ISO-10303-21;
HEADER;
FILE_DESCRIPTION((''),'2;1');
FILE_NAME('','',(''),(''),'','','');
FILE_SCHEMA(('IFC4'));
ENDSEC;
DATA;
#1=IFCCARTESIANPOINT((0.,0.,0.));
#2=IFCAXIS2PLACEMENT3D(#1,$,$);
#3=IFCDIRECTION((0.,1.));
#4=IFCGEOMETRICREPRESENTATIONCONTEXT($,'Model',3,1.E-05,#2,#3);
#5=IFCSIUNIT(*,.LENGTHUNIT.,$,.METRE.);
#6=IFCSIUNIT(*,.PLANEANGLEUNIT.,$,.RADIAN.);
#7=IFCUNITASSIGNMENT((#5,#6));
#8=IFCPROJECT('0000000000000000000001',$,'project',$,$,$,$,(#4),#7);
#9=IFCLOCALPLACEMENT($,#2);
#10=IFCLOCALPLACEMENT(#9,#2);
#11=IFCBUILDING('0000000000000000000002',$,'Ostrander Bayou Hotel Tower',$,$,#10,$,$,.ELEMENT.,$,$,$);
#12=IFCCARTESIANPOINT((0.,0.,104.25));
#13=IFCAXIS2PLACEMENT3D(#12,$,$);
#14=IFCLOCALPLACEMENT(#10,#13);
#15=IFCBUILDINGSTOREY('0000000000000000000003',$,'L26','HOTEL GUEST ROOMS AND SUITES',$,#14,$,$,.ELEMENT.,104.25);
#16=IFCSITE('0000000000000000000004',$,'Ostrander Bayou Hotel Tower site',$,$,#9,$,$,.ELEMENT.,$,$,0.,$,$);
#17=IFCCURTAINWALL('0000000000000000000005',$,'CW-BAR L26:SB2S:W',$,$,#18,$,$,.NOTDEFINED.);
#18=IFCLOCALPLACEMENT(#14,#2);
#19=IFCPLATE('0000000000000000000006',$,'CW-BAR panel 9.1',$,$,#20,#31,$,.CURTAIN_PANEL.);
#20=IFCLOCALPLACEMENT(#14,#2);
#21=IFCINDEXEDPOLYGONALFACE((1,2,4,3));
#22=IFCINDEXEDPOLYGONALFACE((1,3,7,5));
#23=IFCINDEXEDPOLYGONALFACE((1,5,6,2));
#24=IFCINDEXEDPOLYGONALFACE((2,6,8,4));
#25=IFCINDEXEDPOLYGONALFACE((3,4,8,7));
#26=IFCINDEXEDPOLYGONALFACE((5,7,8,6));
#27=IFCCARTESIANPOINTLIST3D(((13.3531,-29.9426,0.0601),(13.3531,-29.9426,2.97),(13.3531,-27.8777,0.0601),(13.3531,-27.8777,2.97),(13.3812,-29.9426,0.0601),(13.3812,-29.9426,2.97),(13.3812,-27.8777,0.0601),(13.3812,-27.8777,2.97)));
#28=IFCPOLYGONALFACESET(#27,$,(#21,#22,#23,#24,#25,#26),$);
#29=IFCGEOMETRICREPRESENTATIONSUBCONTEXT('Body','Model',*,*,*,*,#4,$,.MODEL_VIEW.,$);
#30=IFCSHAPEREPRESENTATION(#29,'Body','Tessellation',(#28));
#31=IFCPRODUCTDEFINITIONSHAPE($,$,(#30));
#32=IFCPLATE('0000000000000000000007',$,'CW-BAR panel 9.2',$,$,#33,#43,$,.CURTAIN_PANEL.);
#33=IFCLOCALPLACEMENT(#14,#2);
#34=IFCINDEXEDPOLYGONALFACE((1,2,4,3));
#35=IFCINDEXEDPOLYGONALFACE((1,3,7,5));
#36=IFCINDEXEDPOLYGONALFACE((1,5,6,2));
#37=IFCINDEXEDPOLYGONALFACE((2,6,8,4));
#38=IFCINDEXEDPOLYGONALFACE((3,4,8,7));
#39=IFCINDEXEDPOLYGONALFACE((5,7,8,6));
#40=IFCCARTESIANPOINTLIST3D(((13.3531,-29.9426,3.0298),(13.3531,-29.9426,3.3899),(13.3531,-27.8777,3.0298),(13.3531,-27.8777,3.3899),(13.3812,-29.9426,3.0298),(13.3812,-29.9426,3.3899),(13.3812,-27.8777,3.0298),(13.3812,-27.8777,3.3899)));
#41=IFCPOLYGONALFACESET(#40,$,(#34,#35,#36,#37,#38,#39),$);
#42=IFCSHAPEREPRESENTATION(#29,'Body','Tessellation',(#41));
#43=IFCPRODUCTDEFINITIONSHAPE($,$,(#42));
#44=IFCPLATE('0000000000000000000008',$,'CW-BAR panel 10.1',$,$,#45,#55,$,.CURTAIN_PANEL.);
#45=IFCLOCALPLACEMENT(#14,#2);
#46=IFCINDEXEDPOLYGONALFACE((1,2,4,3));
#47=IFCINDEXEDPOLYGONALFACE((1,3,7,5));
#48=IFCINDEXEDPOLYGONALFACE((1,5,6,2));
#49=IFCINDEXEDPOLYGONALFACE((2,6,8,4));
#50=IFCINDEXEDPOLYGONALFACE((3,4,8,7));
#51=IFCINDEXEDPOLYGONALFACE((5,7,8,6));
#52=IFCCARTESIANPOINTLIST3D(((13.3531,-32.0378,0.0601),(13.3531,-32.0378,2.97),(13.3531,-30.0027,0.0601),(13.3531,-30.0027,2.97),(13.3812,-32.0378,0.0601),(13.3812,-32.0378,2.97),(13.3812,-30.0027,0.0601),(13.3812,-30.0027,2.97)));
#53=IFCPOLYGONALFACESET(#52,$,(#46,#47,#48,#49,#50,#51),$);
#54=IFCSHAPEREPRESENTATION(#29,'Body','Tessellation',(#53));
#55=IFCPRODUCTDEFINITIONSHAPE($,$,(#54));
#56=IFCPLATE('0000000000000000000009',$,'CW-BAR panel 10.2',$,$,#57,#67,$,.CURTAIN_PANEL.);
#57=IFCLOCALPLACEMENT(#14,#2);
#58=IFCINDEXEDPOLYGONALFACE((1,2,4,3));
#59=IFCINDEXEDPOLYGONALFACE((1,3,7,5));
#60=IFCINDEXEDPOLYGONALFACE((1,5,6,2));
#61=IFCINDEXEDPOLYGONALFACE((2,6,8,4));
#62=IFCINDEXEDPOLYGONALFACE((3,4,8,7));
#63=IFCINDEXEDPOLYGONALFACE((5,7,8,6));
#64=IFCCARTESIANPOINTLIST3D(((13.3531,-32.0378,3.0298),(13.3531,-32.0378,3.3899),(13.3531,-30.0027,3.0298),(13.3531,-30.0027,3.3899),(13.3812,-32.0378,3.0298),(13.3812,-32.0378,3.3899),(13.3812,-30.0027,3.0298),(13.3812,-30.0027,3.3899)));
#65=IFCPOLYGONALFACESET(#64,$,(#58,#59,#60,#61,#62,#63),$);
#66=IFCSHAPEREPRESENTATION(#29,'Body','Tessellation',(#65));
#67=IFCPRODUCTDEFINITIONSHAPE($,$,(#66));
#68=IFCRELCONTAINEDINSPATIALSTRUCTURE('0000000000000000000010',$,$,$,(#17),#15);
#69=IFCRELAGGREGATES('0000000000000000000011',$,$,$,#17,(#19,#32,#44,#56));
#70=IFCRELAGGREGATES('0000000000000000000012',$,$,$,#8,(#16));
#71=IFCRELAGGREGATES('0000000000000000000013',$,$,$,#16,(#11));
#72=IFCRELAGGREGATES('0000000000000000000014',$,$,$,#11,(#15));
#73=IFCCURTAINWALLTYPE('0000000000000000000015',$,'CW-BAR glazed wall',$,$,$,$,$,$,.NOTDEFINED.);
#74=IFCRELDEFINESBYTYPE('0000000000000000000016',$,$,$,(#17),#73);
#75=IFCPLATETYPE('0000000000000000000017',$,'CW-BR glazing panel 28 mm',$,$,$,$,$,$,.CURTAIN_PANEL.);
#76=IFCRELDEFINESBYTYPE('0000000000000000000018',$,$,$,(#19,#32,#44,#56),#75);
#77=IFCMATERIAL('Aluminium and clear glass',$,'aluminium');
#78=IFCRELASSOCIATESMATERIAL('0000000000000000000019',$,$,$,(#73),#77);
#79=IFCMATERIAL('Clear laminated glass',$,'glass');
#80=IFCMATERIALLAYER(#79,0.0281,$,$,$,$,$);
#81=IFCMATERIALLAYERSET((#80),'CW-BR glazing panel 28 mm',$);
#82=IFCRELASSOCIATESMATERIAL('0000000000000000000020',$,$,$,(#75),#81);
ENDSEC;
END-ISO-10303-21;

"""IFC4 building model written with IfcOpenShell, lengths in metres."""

from ifc_helpers import new_model, si_unit, direction, frame, origin, origin_2d, place, context, subcontext, project, spatial, rectangle, extrude, material, layer, layer_set, type_object, element, aggregate, save


model = new_model("IFC4")

# Units and contexts
model_context = context("Model", 3, precision=1e-05, world=origin(), true_north=direction((0.0, 1.0)))
body_context = subcontext(model_context, "Body", "Model", "MODEL_VIEW")
ifc_project = project(units=[si_unit("LENGTHUNIT", "METRE"), si_unit("PLANEANGLEUNIT", "RADIAN")], contexts=[model_context])

# Site, building, storey
site_placement = place(None, origin())
site = spatial("IfcSite", under=ifc_project, at=site_placement, Name="Ostrander Bayou Hotel Tower site", CompositionType="ELEMENT", RefElevation=0.0)
building_placement = place(site_placement, origin())
building = spatial("IfcBuilding", under=site, at=building_placement, Name="Ostrander Bayou Hotel Tower", CompositionType="ELEMENT")
storey_placement = place(building_placement, frame((0.0, 0.0, 104.25)))
storey = spatial("IfcBuildingStorey", under=building, at=storey_placement, Name="L26", Description="HOTEL GUEST ROOMS AND SUITES", CompositionType="ELEMENT", Elevation=104.25)

# Shared definitions
ifc_material_1 = material(Name="Aluminium and clear glass", Category="aluminium")
curtain_wall_type = type_object("IfcCurtainWallType", Name="CW-BAR glazed wall", PredefinedType="NOTDEFINED", material=ifc_material_1)

# Curtain wall
curtain_wall_1_placement = place(storey_placement, origin())
curtain_wall_1 = element("IfcCurtainWall", 1, at=curtain_wall_1_placement, inside=storey, type_object=curtain_wall_type, Name="CW-BAR L26:SB2S:W", PredefinedType="NOTDEFINED")

# Plates
ifc_material_2 = material(Name="Clear laminated glass", Category="glass")
ifc_layer = layer(ifc_material_2, 0.0281)
ifc_layer_set = layer_set([ifc_layer], Name="CW-BR glazing panel 28 mm")
plate_type = type_object("IfcPlateType", Name="CW-BR glazing panel 28 mm", PredefinedType="CURTAIN_PANEL", material=ifc_layer_set)
plate_1_placement = place(storey_placement, frame((13.3672, -28.9102, 0.0601), z_axis=(0.0, 0.0, 1.0), x_axis=(0.0, -1.0, 0.0)))
plate_1 = element("IfcPlate", 2, at=plate_1_placement, type_object=plate_type, Name="CW-BAR panel 9.1", PredefinedType="CURTAIN_PANEL", context=body_context, shape_type="SweptSolid", body=[
    extrude(rectangle(XDim=2.0649, YDim=0.0281, at=origin_2d()), origin(), (0.0, 0.0, 1.0), 2.9099),
])
plate_2_placement = place(storey_placement, frame((13.3672, -28.9102, 3.0298), z_axis=(0.0, 0.0, 1.0), x_axis=(0.0, -1.0, 0.0)))
plate_2 = element("IfcPlate", 3, at=plate_2_placement, type_object=plate_type, Name="CW-BAR panel 9.2", PredefinedType="CURTAIN_PANEL", context=body_context, shape_type="SweptSolid", body=[
    extrude(rectangle(XDim=2.0649, YDim=0.0281, at=origin_2d()), origin(), (0.0, 0.0, 1.0), 0.3601),
])
plate_3_placement = place(storey_placement, frame((13.3672, -31.0203, 0.0601), z_axis=(0.0, 0.0, 1.0), x_axis=(0.0, -1.0, 0.0)))
plate_3 = element("IfcPlate", 4, at=plate_3_placement, type_object=plate_type, Name="CW-BAR panel 10.1", PredefinedType="CURTAIN_PANEL", context=body_context, shape_type="SweptSolid", body=[
    extrude(rectangle(XDim=2.0352, YDim=0.0281, at=origin_2d()), origin(), (0.0, 0.0, 1.0), 2.9099),
])
plate_4_placement = place(storey_placement, frame((13.3672, -31.0203, 3.0298), z_axis=(0.0, 0.0, 1.0), x_axis=(0.0, -1.0, 0.0)))
plate_4 = element("IfcPlate", 5, at=plate_4_placement, type_object=plate_type, Name="CW-BAR panel 10.2", PredefinedType="CURTAIN_PANEL", context=body_context, shape_type="SweptSolid", body=[
    extrude(rectangle(XDim=2.0352, YDim=0.0281, at=origin_2d()), origin(), (0.0, 0.0, 1.0), 0.3601),
])
aggregate(curtain_wall_1, [plate_1, plate_2, plate_3, plate_4])

save(model, "model.ifc")
